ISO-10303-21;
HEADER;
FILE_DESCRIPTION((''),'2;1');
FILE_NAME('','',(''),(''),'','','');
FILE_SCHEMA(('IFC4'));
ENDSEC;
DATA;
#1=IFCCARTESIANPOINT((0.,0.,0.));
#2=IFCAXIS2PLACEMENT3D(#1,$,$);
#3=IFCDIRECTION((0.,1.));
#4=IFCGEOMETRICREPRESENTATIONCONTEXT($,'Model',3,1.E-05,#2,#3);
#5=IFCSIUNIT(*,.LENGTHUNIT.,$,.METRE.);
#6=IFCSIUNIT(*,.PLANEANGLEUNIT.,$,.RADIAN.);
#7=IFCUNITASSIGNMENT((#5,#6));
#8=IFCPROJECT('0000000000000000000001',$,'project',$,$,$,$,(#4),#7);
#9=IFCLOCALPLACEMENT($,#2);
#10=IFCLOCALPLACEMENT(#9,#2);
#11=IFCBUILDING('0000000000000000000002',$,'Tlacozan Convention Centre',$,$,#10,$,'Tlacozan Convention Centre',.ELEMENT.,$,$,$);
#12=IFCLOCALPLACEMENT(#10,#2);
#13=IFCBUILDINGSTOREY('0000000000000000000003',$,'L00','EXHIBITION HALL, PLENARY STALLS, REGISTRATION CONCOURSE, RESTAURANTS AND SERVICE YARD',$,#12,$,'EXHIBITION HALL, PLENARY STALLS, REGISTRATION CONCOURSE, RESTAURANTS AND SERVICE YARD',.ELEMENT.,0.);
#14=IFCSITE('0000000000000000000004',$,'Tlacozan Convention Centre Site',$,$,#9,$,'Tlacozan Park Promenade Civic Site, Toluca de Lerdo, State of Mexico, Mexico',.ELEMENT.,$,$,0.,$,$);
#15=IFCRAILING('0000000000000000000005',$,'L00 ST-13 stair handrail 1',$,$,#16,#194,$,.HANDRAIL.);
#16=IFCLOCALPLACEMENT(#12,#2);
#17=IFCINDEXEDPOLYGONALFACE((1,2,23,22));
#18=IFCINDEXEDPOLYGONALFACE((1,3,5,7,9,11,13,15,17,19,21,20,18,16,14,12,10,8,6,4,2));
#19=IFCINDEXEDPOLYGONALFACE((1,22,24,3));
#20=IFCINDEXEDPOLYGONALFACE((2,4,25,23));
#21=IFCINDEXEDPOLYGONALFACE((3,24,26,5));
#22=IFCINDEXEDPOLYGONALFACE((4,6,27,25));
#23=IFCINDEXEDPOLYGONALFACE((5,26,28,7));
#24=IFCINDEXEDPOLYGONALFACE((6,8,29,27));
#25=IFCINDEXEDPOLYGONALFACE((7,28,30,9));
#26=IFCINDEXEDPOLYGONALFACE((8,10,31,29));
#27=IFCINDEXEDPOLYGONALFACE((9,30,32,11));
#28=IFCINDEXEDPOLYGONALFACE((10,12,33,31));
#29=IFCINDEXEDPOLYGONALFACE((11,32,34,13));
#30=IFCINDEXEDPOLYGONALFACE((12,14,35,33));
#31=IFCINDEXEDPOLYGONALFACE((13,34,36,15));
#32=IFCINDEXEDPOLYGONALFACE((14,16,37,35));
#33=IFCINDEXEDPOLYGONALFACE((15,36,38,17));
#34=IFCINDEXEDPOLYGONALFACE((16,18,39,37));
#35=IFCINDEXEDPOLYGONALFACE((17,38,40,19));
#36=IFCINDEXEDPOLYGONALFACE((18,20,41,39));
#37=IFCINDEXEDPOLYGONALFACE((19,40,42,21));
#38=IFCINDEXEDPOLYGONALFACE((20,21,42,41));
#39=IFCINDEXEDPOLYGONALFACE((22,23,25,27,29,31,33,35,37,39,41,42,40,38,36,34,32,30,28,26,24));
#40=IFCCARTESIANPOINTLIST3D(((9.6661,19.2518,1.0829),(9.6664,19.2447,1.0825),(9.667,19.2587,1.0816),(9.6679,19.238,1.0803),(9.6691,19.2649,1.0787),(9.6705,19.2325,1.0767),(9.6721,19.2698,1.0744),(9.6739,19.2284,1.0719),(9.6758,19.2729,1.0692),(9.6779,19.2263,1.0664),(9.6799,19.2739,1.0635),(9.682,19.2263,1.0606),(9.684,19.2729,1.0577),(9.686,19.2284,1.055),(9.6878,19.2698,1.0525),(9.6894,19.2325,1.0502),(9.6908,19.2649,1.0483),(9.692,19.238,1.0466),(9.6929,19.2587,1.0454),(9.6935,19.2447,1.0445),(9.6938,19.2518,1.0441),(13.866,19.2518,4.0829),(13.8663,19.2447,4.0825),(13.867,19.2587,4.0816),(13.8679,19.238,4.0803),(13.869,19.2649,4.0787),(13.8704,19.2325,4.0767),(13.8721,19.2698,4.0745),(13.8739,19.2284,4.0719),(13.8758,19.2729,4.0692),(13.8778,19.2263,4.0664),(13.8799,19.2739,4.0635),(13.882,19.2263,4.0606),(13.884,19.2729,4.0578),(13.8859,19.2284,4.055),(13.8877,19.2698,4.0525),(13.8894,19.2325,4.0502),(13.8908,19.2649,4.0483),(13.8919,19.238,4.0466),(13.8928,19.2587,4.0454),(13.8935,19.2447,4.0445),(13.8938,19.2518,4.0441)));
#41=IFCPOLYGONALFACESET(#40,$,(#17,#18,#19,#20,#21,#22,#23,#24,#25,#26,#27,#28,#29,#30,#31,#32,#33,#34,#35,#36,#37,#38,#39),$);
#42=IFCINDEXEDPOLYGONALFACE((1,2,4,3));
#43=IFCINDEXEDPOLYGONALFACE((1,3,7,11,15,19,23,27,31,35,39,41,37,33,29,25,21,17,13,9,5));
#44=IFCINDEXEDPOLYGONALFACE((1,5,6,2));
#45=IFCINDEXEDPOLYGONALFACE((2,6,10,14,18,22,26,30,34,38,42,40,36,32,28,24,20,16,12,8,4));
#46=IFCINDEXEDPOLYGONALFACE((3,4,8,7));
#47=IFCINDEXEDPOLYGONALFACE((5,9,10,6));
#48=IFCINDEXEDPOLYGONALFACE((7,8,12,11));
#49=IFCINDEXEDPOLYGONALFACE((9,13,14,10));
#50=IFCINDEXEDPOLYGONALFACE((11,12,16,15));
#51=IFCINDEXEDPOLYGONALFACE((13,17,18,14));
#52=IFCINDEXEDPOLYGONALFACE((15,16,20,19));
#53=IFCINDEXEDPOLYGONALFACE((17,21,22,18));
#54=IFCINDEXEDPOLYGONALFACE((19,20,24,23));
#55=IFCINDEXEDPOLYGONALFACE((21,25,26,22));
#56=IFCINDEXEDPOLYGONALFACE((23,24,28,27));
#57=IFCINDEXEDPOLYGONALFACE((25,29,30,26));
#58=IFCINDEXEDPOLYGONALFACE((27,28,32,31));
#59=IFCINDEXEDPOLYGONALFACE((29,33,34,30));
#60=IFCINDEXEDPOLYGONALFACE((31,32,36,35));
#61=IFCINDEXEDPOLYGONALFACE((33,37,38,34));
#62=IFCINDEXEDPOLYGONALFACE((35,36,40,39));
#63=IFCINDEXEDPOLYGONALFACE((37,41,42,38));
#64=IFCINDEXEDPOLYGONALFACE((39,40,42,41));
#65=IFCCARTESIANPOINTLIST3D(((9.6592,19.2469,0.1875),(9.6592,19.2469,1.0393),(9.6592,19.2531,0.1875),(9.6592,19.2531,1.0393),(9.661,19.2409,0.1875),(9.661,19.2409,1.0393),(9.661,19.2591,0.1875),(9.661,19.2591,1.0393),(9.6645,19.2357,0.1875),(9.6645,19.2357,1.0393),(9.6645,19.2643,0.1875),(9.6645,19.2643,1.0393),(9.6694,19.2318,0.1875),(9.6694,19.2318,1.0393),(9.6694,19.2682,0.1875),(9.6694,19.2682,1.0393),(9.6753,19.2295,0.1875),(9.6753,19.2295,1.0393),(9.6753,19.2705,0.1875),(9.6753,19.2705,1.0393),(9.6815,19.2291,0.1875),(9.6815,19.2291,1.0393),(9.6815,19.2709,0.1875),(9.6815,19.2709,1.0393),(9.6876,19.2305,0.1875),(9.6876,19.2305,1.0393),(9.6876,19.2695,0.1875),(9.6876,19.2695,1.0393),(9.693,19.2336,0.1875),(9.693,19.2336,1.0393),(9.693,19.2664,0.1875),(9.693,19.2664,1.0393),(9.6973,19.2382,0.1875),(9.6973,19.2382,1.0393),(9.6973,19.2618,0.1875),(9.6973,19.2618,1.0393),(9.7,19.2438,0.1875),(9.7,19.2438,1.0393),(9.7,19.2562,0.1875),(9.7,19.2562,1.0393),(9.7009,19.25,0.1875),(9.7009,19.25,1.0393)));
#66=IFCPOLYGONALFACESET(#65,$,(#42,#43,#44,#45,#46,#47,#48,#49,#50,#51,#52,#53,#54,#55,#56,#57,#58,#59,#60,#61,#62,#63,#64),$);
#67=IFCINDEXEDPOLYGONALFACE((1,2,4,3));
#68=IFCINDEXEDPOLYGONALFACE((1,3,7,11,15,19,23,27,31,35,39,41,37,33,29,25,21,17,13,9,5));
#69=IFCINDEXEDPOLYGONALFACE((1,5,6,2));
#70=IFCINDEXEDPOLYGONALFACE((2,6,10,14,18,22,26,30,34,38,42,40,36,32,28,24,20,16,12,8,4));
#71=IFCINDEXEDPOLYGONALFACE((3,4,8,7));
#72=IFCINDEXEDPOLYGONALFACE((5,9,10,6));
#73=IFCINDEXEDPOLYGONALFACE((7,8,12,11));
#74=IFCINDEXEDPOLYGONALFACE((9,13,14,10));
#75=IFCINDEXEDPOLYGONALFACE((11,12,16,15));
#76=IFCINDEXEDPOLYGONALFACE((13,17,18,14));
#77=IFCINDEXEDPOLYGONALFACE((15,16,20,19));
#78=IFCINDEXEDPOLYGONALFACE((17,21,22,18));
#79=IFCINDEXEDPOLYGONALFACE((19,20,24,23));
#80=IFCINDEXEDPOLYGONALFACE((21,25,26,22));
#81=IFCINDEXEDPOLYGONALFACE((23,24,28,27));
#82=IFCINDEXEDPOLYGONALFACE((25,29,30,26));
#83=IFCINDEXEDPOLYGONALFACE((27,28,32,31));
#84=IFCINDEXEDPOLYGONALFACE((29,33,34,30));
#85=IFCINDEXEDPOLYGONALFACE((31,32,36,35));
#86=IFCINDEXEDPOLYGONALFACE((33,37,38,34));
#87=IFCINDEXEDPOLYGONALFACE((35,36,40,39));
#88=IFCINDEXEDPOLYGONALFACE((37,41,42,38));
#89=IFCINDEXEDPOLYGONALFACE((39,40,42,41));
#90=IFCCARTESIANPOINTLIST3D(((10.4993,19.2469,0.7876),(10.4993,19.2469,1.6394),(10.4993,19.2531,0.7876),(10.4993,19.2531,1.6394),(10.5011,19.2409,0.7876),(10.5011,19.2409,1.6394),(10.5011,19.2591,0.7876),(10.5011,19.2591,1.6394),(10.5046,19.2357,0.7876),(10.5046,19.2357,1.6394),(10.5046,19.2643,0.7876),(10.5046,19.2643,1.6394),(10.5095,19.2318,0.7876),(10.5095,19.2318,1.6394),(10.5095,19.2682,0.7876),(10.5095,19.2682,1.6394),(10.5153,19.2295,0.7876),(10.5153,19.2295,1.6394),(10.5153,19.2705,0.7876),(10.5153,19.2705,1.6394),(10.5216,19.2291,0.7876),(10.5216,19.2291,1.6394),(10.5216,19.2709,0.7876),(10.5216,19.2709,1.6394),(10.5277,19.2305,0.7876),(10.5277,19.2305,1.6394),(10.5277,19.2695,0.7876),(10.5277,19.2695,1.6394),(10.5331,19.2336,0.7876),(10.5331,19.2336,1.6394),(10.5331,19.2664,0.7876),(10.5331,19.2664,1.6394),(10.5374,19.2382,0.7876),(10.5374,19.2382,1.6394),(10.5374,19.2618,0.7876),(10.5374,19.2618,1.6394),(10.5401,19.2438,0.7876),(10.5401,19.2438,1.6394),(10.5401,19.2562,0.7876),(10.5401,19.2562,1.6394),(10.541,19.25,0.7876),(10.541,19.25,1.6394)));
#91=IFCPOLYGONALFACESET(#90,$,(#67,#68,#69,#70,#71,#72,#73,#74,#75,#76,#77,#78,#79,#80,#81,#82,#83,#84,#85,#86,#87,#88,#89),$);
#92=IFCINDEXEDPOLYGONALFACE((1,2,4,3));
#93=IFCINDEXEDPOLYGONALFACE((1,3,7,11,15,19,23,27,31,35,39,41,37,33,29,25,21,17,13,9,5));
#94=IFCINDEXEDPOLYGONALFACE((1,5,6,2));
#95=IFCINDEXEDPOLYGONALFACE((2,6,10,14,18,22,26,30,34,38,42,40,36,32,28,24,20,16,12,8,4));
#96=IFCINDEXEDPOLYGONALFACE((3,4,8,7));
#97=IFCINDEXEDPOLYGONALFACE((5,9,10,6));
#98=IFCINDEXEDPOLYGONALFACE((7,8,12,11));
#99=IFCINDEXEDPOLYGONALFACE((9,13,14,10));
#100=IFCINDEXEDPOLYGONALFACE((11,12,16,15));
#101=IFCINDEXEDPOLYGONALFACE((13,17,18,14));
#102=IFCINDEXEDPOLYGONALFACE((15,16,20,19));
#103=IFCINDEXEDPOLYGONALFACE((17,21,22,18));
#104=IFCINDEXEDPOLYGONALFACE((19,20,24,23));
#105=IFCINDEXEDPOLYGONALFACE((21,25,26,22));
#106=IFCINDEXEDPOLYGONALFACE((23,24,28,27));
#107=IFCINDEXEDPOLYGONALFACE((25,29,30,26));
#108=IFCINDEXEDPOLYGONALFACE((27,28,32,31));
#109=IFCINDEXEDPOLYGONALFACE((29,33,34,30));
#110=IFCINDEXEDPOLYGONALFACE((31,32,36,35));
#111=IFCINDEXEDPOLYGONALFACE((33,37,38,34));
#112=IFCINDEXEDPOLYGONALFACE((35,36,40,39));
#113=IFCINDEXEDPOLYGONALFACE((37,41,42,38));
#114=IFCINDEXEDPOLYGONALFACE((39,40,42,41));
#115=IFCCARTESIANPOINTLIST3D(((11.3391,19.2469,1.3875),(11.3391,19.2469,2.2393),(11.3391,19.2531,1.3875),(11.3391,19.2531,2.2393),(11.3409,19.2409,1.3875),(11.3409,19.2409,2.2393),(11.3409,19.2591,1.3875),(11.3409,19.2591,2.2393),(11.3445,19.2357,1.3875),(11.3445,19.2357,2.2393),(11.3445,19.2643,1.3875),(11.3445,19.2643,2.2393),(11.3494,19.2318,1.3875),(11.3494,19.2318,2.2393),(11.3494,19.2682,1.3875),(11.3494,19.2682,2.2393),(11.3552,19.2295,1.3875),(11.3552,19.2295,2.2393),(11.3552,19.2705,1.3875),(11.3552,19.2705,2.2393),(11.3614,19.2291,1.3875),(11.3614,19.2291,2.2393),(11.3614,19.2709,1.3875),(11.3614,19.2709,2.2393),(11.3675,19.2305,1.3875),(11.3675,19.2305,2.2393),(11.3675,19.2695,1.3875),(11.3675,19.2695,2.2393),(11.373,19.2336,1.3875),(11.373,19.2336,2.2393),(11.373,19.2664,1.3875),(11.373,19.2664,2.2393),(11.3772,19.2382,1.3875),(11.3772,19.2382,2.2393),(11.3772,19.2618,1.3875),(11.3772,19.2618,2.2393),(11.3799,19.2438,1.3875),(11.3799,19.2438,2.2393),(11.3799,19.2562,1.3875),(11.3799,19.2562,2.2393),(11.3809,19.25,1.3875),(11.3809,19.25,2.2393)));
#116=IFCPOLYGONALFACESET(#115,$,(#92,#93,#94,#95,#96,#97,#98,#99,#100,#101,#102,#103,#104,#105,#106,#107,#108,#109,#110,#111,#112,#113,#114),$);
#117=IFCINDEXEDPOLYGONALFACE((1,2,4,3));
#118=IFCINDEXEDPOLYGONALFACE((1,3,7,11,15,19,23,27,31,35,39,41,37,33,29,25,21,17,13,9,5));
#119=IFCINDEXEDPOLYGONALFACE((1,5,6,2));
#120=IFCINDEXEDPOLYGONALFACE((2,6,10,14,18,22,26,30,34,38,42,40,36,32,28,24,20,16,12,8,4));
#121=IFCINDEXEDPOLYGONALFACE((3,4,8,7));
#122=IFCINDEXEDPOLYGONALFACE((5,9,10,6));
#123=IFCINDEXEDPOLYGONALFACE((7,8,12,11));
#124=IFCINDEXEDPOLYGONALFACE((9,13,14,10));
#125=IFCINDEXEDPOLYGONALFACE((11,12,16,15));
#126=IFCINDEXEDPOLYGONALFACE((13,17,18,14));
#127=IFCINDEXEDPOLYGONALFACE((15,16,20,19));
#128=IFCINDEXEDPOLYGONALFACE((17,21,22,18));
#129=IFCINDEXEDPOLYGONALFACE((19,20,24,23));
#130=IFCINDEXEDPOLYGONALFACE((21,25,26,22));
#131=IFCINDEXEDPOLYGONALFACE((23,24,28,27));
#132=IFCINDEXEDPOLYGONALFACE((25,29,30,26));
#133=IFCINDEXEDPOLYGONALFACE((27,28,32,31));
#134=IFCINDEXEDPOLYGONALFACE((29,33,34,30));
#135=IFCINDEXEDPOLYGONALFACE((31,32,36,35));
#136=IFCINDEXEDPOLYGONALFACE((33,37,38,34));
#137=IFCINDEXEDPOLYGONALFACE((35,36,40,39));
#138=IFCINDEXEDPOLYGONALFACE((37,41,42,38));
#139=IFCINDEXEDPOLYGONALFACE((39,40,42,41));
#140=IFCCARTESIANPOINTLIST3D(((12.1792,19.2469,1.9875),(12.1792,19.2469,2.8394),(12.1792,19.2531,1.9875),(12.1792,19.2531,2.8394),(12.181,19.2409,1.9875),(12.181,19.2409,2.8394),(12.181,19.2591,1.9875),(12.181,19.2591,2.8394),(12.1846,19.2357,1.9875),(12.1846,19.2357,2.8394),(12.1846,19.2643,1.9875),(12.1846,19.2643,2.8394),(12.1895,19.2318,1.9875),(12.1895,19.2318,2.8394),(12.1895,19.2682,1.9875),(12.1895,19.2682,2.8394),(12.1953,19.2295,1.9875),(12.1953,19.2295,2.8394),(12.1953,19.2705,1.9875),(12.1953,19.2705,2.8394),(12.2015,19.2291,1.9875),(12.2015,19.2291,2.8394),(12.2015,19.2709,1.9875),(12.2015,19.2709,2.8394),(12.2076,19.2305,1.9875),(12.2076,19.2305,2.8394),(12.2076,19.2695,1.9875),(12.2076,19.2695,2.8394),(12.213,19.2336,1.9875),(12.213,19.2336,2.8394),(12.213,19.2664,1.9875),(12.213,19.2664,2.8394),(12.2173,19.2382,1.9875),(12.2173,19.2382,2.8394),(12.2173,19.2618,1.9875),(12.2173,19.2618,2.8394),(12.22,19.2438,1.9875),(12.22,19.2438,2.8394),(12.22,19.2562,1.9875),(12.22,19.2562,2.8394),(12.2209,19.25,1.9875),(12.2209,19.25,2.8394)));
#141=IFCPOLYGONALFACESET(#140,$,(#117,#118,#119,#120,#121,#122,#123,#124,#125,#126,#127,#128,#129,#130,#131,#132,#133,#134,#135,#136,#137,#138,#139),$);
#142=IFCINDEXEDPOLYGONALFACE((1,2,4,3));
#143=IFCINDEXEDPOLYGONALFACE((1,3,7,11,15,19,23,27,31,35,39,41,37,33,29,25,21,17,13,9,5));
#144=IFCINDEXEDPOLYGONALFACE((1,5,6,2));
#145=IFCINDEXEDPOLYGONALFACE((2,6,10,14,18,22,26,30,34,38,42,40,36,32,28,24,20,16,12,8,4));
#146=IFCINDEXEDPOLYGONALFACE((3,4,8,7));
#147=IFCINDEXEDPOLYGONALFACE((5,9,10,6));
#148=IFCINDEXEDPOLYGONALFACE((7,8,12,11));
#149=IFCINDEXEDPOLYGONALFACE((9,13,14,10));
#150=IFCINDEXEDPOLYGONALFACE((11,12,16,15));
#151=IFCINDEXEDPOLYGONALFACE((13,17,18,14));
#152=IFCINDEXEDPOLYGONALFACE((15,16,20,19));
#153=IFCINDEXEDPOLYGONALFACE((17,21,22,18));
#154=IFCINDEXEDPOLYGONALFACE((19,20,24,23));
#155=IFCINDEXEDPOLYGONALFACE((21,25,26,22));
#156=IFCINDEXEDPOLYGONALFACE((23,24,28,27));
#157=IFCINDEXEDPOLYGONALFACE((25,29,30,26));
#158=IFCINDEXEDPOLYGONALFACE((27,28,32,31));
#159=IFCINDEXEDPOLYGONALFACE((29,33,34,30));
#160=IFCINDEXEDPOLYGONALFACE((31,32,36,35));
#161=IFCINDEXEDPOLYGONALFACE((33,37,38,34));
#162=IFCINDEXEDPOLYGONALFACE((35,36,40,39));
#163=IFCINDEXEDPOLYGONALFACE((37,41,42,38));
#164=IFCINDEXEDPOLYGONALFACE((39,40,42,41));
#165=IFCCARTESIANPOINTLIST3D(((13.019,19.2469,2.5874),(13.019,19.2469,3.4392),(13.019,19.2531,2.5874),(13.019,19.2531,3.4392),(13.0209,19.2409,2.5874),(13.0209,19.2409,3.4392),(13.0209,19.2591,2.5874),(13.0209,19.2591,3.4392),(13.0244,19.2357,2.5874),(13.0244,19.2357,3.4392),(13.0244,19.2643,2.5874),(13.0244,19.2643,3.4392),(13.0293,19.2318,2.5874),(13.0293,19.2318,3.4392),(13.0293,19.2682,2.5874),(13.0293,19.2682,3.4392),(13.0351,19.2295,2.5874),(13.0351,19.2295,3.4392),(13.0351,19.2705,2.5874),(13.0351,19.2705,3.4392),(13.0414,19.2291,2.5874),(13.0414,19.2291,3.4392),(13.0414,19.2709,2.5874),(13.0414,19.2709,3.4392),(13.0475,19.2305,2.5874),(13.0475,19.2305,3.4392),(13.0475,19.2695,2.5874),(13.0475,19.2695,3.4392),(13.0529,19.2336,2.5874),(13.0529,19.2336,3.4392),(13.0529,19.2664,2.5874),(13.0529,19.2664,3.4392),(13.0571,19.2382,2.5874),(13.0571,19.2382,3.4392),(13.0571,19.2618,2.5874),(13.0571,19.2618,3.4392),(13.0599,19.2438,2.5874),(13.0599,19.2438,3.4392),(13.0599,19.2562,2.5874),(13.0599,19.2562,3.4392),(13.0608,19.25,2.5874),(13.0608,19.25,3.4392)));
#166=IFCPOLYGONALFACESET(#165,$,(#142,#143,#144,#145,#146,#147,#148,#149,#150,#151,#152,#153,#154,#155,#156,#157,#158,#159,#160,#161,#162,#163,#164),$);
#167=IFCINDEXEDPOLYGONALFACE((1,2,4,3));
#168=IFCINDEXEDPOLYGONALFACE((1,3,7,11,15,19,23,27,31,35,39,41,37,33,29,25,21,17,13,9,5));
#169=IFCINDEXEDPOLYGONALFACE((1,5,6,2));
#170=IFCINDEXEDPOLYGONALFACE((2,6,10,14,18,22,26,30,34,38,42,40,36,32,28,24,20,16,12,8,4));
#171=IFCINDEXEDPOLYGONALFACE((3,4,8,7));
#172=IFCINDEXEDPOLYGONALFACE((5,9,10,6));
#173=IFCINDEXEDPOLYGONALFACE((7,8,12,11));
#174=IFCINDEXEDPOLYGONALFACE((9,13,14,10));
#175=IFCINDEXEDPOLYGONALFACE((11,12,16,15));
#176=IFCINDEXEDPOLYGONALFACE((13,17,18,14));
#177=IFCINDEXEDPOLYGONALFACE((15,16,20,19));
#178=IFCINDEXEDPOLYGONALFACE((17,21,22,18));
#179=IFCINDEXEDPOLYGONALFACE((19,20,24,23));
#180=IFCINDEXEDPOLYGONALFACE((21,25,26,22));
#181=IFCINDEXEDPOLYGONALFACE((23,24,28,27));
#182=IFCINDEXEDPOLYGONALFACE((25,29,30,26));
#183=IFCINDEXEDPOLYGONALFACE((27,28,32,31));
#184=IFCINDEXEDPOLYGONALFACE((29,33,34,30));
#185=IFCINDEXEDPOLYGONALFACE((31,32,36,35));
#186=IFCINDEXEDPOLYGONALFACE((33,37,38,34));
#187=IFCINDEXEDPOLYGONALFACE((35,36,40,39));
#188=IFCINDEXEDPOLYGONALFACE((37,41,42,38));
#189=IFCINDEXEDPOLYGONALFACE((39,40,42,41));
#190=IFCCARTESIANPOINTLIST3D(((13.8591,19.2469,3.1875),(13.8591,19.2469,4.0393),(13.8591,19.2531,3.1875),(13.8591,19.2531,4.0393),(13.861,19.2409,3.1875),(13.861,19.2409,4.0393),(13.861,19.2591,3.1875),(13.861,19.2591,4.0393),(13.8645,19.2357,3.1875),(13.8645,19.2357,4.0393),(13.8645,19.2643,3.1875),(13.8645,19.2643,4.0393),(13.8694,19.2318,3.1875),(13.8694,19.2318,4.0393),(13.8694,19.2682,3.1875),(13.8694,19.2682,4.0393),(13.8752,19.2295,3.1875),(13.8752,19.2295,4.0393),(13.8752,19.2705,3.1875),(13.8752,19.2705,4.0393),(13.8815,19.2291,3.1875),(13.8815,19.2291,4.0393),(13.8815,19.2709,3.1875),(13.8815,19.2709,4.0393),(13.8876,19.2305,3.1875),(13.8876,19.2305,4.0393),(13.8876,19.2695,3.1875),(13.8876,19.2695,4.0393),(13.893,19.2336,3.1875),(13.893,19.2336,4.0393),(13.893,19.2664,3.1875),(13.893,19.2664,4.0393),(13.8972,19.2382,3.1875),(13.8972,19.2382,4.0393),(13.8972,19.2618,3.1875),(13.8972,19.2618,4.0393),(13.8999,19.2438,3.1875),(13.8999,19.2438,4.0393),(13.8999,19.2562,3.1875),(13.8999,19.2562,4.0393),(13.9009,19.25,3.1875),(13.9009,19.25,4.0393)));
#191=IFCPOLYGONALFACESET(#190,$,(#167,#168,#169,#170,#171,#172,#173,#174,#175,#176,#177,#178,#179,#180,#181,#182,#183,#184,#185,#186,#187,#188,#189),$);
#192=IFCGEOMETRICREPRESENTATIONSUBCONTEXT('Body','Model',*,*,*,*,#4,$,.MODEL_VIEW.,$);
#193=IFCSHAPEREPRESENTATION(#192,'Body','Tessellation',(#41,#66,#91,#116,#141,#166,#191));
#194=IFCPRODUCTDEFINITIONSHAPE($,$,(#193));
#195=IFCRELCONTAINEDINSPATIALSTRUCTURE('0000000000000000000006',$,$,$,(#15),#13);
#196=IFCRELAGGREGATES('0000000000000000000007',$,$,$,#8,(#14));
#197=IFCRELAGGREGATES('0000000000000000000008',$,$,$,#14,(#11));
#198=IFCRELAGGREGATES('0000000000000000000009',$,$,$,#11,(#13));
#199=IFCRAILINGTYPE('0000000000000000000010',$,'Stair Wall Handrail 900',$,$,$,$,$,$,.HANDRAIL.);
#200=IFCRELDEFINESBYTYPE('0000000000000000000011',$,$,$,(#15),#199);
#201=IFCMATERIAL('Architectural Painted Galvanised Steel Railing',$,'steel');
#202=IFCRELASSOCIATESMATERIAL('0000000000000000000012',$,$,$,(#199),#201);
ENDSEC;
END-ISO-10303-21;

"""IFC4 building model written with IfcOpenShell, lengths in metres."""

from ifc_helpers import new_model, si_unit, direction, frame, origin, origin_2d, place, context, subcontext, project, spatial, circle, extrude, material, type_object, element, save


model = new_model("IFC4")

# Units and contexts
model_context = context("Model", 3, precision=1e-05, world=origin(), true_north=direction((0.0, 1.0)))
body_context = subcontext(model_context, "Body", "Model", "MODEL_VIEW")
ifc_project = project(units=[si_unit("LENGTHUNIT", "METRE"), si_unit("PLANEANGLEUNIT", "RADIAN")], contexts=[model_context])

# Site, building, storey
site_placement = place(None, origin())
site = spatial("IfcSite", under=ifc_project, at=site_placement, Name="Tlacozan Convention Centre Site", LongName="Tlacozan Park Promenade Civic Site, Toluca de Lerdo, State of Mexico, Mexico", CompositionType="ELEMENT", RefElevation=0.0)
building_placement = place(site_placement, origin())
building = spatial("IfcBuilding", under=site, at=building_placement, Name="Tlacozan Convention Centre", LongName="Tlacozan Convention Centre", CompositionType="ELEMENT")
storey_placement = place(building_placement, origin())
storey = spatial("IfcBuildingStorey", under=building, at=storey_placement, Name="L00", Description="EXHIBITION HALL, PLENARY STALLS, REGISTRATION CONCOURSE, RESTAURANTS AND SERVICE YARD", LongName="EXHIBITION HALL, PLENARY STALLS, REGISTRATION CONCOURSE, RESTAURANTS AND SERVICE YARD", CompositionType="ELEMENT", Elevation=0.0)

# Railing
ifc_material_1 = material(Name="Architectural Painted Galvanised Steel Railing", Category="steel")
railing_type_1 = type_object("IfcRailingType", Name="Stair Wall Handrail 900", PredefinedType="HANDRAIL", material=ifc_material_1)
railing_1_placement = place(storey_placement, frame((9.6799, 19.25, 0.1875)))
element("IfcRailing", 1, at=railing_1_placement, inside=storey, type_object=railing_type_1, Name="L00 ST-13 stair handrail 1", PredefinedType="HANDRAIL", context=body_context, shape_type="SweptSolid", body=[
    extrude(circle(Radius=0.0239, at=origin_2d()), frame((0.0, 0.0, 0.876), z_axis=(0.81373, 0.0, 0.581243), x_axis=(0.0, 1.0, 0.0)), (0.0, 0.0, 1.0), 5.1614),
    extrude(circle(Radius=0.021, at=origin_2d()), origin(), (0.0, 0.0, 1.0), 0.8518),
    extrude(circle(Radius=0.021, at=origin_2d()), frame((0.8401, 0.0, 0.6001)), (0.0, 0.0, 1.0), 0.8518),
    extrude(circle(Radius=0.021, at=origin_2d()), frame((1.6799, 0.0, 1.2)), (0.0, 0.0, 1.0), 0.8518),
    extrude(circle(Radius=0.021, at=origin_2d()), frame((2.52, 0.0, 1.8)), (0.0, 0.0, 1.0), 0.8518),
    extrude(circle(Radius=0.021, at=origin_2d()), frame((3.3599, 0.0, 2.3999)), (0.0, 0.0, 1.0), 0.8518),
    extrude(circle(Radius=0.021, at=origin_2d()), frame((4.2, 0.0, 3.0)), (0.0, 0.0, 1.0), 0.8518),
])

save(model, "model.ifc")
